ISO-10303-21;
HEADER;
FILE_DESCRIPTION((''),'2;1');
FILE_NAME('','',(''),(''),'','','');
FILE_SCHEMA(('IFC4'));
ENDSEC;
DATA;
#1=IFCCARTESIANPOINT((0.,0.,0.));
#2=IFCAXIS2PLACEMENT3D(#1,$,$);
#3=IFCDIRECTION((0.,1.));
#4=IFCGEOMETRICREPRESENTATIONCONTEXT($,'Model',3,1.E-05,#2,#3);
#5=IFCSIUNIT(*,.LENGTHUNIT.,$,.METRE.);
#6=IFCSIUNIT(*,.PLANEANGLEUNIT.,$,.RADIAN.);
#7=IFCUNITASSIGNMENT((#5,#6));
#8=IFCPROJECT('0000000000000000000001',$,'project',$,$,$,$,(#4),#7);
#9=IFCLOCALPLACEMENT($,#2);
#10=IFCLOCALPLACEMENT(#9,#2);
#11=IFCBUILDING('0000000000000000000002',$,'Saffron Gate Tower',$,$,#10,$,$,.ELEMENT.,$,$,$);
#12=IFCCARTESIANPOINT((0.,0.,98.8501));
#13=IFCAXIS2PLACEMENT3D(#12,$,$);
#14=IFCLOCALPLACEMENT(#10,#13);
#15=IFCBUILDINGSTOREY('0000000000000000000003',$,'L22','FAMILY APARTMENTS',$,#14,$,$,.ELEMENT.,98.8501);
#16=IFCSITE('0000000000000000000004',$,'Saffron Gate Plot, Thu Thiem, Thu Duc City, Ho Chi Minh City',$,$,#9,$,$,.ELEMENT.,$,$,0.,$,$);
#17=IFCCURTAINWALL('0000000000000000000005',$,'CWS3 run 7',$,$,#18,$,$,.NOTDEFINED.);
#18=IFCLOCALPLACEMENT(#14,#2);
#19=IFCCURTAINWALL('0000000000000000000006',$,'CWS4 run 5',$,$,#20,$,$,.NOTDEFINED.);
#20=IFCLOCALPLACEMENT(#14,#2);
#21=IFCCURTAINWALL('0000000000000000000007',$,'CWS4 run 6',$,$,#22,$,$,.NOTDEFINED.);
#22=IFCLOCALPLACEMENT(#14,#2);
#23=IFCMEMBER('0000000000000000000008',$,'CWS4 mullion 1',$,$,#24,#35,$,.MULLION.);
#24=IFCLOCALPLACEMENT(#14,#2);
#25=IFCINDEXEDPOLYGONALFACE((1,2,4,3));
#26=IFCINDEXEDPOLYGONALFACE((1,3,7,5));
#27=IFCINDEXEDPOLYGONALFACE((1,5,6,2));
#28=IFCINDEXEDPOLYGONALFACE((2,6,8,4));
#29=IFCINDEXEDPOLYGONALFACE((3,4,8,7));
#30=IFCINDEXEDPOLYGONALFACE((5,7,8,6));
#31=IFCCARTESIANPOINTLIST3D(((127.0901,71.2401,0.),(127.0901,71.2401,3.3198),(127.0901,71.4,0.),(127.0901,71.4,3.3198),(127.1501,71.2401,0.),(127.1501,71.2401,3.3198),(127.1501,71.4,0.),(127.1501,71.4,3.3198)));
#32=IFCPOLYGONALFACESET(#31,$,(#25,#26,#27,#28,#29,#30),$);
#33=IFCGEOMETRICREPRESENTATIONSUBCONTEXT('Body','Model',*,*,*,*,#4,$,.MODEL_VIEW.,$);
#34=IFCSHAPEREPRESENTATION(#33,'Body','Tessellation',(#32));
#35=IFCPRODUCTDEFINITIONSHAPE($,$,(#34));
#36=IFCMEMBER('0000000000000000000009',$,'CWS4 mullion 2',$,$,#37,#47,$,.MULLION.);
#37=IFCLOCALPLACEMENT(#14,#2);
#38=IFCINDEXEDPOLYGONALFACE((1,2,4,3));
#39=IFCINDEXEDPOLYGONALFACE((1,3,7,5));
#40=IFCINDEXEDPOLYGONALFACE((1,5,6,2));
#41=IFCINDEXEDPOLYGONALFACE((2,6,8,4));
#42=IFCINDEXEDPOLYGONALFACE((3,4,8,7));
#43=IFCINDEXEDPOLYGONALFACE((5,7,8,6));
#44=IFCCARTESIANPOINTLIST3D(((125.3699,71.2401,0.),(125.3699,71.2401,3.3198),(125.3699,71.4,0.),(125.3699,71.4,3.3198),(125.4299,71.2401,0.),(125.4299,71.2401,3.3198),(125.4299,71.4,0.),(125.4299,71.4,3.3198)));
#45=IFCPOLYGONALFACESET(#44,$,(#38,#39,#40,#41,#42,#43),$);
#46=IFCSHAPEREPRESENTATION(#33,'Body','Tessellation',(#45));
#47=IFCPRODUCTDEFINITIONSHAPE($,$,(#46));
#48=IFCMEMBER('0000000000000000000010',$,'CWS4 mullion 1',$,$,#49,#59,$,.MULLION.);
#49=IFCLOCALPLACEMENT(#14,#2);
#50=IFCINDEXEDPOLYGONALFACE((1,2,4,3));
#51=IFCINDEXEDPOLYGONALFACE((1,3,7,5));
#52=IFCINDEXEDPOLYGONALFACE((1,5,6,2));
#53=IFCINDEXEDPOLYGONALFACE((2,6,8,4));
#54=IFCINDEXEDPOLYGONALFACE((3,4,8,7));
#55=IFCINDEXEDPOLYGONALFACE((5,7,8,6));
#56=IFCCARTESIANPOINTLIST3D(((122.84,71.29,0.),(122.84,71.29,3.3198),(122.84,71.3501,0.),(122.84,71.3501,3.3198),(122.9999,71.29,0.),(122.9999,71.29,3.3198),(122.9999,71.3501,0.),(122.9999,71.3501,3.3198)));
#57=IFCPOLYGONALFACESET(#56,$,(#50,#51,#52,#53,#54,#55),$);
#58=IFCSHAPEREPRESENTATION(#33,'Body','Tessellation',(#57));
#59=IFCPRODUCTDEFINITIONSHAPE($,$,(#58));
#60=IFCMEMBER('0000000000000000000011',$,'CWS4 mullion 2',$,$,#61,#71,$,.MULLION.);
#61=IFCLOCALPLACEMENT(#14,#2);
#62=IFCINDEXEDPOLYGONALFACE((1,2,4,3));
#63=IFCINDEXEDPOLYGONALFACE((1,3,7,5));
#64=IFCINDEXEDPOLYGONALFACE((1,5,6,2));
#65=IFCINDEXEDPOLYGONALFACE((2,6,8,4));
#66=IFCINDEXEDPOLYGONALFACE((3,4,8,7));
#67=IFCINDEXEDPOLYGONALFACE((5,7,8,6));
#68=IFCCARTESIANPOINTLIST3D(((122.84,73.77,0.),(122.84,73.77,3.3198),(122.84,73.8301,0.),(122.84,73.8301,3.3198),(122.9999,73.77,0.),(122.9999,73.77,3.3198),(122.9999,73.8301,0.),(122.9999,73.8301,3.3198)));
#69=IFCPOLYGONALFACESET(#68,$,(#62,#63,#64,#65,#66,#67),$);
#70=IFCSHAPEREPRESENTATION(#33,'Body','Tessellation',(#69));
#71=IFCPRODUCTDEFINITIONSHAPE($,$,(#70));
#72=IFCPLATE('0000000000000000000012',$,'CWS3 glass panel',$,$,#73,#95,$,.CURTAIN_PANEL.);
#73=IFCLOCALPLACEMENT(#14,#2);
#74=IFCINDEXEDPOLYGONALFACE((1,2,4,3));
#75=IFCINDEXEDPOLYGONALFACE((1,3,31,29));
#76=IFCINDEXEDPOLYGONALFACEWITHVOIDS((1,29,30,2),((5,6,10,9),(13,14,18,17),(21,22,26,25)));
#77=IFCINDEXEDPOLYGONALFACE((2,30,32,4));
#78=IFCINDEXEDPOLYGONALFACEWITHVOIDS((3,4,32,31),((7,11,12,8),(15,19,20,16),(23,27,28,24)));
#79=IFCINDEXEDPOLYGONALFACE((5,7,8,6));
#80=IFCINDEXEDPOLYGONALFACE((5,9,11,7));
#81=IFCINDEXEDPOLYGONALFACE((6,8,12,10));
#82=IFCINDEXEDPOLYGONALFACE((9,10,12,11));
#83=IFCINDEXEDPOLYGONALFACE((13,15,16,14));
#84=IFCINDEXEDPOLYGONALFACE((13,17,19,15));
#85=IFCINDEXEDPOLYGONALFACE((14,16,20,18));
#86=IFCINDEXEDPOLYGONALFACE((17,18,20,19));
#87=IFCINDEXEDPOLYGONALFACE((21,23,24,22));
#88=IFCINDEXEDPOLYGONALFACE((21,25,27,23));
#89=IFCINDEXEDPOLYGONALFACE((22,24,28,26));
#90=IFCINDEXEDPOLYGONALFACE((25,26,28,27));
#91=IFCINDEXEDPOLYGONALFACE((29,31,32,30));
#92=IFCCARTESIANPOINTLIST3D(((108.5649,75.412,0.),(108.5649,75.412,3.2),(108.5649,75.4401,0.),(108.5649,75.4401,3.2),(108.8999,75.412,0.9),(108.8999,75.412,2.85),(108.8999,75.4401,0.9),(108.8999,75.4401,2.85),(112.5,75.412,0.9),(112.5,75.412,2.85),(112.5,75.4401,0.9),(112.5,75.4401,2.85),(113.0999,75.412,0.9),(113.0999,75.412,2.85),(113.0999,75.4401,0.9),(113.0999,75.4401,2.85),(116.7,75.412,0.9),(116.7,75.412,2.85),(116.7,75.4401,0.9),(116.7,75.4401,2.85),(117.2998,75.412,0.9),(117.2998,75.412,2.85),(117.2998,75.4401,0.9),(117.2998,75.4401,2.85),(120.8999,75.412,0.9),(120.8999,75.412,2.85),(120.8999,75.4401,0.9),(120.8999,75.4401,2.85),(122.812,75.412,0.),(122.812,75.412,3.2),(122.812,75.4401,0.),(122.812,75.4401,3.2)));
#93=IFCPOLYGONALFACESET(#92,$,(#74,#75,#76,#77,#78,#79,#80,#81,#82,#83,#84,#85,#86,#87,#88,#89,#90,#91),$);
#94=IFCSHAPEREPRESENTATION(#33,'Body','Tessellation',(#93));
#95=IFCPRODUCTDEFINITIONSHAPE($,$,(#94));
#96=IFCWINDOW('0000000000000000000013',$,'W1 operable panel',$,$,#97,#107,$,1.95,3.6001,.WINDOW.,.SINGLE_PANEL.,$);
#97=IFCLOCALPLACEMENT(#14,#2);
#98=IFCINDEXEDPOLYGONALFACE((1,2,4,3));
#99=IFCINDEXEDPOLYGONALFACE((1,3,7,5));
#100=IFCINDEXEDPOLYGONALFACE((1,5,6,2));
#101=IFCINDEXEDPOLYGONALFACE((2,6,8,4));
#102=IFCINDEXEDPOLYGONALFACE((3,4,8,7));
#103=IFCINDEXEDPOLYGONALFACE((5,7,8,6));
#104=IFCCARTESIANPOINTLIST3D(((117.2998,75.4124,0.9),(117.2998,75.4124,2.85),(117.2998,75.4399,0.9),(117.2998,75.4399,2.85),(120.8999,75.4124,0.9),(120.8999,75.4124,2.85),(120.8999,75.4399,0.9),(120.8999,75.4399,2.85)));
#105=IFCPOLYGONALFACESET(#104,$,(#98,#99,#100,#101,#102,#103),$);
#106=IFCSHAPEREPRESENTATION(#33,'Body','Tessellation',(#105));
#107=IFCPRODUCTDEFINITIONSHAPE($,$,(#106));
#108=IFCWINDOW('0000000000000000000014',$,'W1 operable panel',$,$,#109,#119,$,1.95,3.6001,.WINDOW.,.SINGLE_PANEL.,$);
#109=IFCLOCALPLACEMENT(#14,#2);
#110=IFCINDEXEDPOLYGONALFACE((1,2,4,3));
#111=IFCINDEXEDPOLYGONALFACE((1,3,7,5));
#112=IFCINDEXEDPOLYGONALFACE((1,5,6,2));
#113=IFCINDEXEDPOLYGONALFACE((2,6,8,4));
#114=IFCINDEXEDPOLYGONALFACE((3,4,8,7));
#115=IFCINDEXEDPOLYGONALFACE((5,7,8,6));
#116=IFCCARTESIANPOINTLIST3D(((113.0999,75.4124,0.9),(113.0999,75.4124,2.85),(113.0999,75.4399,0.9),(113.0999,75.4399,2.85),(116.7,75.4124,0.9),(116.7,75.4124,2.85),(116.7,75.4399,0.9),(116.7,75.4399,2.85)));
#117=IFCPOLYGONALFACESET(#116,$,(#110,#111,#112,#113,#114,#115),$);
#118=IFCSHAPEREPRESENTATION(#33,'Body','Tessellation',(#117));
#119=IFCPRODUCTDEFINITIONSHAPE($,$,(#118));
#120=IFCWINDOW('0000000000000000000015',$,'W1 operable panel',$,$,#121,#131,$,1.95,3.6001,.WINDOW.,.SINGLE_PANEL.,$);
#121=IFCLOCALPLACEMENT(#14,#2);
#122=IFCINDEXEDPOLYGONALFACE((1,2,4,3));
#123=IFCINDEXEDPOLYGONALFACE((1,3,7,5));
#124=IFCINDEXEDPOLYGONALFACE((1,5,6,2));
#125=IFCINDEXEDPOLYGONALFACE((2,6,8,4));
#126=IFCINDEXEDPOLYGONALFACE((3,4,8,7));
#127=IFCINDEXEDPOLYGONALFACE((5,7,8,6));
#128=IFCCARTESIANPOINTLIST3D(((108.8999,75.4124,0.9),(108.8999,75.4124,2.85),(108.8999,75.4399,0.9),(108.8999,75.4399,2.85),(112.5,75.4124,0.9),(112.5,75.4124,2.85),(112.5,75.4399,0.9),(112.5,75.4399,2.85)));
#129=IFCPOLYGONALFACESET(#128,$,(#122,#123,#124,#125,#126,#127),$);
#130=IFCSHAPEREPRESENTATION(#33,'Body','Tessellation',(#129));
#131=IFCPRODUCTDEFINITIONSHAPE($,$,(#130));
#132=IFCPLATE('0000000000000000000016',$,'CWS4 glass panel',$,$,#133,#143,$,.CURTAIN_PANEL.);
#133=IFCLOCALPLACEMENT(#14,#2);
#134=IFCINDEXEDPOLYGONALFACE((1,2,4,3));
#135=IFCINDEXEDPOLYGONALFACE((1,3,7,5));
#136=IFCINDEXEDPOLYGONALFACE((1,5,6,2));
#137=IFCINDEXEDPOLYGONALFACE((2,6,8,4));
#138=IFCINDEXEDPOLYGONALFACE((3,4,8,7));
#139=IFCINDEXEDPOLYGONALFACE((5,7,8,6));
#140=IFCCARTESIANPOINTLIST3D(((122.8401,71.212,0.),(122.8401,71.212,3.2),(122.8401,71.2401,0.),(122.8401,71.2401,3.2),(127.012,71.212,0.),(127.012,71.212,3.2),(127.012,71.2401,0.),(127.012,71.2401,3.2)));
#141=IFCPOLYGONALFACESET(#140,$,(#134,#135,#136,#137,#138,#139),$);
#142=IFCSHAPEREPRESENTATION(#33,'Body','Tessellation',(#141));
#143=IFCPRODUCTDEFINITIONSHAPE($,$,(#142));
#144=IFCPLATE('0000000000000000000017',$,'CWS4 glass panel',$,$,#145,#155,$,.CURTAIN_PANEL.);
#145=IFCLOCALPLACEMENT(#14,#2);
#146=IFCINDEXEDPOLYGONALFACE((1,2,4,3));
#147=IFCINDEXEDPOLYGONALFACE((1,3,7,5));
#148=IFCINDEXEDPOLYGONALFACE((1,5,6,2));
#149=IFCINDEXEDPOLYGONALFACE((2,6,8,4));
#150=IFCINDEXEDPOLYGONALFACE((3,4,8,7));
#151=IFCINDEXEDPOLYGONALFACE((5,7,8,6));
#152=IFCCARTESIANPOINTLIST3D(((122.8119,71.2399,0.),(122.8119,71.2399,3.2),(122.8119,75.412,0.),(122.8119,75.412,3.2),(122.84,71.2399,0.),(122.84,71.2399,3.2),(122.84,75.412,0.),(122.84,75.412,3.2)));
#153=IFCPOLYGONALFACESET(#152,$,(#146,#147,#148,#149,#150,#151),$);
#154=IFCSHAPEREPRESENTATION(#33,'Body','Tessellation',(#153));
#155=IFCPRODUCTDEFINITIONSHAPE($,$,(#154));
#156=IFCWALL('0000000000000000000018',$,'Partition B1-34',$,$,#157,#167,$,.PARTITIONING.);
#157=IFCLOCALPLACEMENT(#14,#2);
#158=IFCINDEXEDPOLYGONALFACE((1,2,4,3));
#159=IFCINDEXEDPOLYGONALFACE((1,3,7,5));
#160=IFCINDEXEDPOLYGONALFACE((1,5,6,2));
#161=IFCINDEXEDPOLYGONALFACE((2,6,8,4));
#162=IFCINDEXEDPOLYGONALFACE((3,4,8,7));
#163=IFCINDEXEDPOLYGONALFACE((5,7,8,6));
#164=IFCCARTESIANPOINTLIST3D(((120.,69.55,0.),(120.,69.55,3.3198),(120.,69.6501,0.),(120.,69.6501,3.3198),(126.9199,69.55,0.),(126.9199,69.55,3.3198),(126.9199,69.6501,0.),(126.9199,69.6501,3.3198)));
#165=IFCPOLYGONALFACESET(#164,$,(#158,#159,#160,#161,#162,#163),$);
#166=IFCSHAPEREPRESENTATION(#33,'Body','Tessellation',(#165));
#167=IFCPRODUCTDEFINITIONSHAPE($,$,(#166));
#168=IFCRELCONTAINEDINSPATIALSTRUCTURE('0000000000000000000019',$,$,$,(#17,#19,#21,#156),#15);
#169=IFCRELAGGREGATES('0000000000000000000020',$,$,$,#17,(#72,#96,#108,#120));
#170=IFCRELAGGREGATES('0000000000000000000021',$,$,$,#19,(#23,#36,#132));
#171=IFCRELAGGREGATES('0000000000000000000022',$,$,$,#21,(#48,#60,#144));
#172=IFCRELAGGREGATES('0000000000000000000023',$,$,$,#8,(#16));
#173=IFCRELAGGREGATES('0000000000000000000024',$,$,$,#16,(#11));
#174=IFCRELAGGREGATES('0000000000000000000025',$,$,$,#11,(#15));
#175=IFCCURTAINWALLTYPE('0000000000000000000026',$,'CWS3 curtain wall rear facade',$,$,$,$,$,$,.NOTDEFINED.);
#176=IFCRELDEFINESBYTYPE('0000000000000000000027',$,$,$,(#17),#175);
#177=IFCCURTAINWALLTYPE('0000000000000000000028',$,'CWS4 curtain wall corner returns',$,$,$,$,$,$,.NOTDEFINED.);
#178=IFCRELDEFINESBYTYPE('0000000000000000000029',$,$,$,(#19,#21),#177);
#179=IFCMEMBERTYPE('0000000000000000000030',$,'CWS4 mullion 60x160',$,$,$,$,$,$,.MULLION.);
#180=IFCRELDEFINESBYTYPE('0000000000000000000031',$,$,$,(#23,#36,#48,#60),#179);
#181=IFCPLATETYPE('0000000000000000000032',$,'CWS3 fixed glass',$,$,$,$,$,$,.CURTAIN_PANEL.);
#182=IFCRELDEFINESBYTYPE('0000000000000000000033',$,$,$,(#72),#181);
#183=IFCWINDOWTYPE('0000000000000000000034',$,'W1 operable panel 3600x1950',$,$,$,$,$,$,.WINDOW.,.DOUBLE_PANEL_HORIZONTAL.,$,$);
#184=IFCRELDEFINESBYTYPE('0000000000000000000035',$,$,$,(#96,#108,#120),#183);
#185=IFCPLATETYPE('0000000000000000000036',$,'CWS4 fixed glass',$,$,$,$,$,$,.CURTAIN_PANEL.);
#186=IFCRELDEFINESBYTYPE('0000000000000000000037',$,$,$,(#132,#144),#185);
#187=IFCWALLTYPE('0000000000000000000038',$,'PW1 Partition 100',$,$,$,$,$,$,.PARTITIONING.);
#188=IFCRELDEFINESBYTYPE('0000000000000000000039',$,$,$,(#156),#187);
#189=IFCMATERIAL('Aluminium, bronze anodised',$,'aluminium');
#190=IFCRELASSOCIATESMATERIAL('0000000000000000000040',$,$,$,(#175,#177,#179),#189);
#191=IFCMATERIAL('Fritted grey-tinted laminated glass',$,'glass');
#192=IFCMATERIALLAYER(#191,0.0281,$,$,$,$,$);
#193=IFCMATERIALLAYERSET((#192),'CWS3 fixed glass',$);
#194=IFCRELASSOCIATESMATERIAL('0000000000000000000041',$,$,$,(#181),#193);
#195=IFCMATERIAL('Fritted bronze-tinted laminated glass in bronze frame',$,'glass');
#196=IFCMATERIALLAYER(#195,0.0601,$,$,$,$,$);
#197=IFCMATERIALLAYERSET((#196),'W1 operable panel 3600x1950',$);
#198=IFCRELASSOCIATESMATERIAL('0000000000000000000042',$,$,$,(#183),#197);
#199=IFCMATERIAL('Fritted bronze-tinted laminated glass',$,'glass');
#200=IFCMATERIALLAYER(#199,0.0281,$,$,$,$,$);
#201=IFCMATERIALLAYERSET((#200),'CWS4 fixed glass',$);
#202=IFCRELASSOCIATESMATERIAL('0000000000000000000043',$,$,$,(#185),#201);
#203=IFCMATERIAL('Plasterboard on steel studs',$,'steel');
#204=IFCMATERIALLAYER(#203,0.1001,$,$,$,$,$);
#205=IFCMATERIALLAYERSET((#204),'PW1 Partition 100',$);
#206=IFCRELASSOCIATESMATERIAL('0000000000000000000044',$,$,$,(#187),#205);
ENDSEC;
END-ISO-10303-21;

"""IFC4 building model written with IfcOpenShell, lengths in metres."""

from ifc_helpers import new_model, si_unit, direction, frame, frame_2d, origin, origin_2d, place, context, subcontext, project, spatial, rectangle, extrude, material, layer, layer_set, material_profile, profile_set, type_object, element, fill, aggregate, save


model = new_model("IFC4")

# Units and contexts
model_context = context("Model", 3, precision=1e-05, world=origin(), true_north=direction((0.0, 1.0)))
body_context = subcontext(model_context, "Body", "Model", "MODEL_VIEW")
ifc_project = project(units=[si_unit("LENGTHUNIT", "METRE"), si_unit("PLANEANGLEUNIT", "RADIAN")], contexts=[model_context])

# Site, building, storey
site_placement = place(None, origin())
site = spatial("IfcSite", under=ifc_project, at=site_placement, Name="Saffron Gate Plot, Thu Thiem, Thu Duc City, Ho Chi Minh City", CompositionType="ELEMENT", RefElevation=0.0)
building_placement = place(site_placement, origin())
building = spatial("IfcBuilding", under=site, at=building_placement, Name="Saffron Gate Tower", CompositionType="ELEMENT")
storey_placement = place(building_placement, frame((0.0, 0.0, 98.8501)))
storey = spatial("IfcBuildingStorey", under=building, at=storey_placement, Name="L22", Description="FAMILY APARTMENTS", CompositionType="ELEMENT", Elevation=98.8501)

# Curtain wall
ifc_material_1 = material(Name="Aluminium, bronze anodised", Category="aluminium")
curtain_wall_type_1 = type_object("IfcCurtainWallType", Name="CWS3 curtain wall rear facade", PredefinedType="NOTDEFINED", material=ifc_material_1)
curtain_wall_1_placement = place(storey_placement, origin())
curtain_wall_1 = element("IfcCurtainWall", 1, at=curtain_wall_1_placement, inside=storey, type_object=curtain_wall_type_1, Name="CWS3 run 7", PredefinedType="NOTDEFINED")

# Curtain walls
curtain_wall_type_2 = type_object("IfcCurtainWallType", Name="CWS4 curtain wall corner returns", PredefinedType="NOTDEFINED", material=ifc_material_1)
curtain_wall_2_placement = place(storey_placement, origin())
curtain_wall_2 = element("IfcCurtainWall", 2, at=curtain_wall_2_placement, inside=storey, type_object=curtain_wall_type_2, Name="CWS4 run 5", PredefinedType="NOTDEFINED")
curtain_wall_3_placement = place(storey_placement, origin())
curtain_wall_3 = element("IfcCurtainWall", 3, at=curtain_wall_3_placement, inside=storey, type_object=curtain_wall_type_2, Name="CWS4 run 6", PredefinedType="NOTDEFINED")

# Members
ifc_material_profile_1 = material_profile(ifc_material_1, rectangle(XDim=0.1599, YDim=0.0601, at=origin_2d()))
ifc_profile_set_1 = profile_set([ifc_material_profile_1], Name="Aluminium, bronze anodised")
member_type_1 = type_object("IfcMemberType", Name="CWS4 mullion 60x160", PredefinedType="MULLION", material=ifc_profile_set_1)
member_1_placement = place(storey_placement, frame((127.1201, 71.3201, 0.0), z_axis=(0.0, 0.0, 1.0), x_axis=(0.0, -1.0, 0.0)))
member_1 = element("IfcMember", 4, at=member_1_placement, type_object=member_type_1, Name="CWS4 mullion 1", PredefinedType="MULLION", context=body_context, shape_type="SweptSolid", body=[
    extrude(rectangle(XDim=0.1599, YDim=0.0601, at=origin_2d()), origin(), (0.0, 0.0, 1.0), 3.3198),
])
member_2_placement = place(storey_placement, frame((125.3999, 71.3201, 0.0), z_axis=(0.0, 0.0, 1.0), x_axis=(0.0, -1.0, 0.0)))
member_2 = element("IfcMember", 5, at=member_2_placement, type_object=member_type_1, Name="CWS4 mullion 2", PredefinedType="MULLION", context=body_context, shape_type="SweptSolid", body=[
    extrude(rectangle(XDim=0.1599, YDim=0.0601, at=origin_2d()), origin(), (0.0, 0.0, 1.0), 3.3198),
])
member_3_placement = place(storey_placement, frame((122.9199, 71.3201, 0.0), z_axis=(0.0, 0.0, 1.0), x_axis=(-1.0, 0.0, 0.0)))
member_3 = element("IfcMember", 6, at=member_3_placement, type_object=member_type_1, Name="CWS4 mullion 1", PredefinedType="MULLION", context=body_context, shape_type="SweptSolid", body=[
    extrude(rectangle(XDim=0.1599, YDim=0.0601, at=origin_2d()), origin(), (0.0, 0.0, 1.0), 3.3198),
])
member_4_placement = place(storey_placement, frame((122.9199, 73.8, 0.0), z_axis=(0.0, 0.0, 1.0), x_axis=(-1.0, 0.0, 0.0)))
member_4 = element("IfcMember", 7, at=member_4_placement, type_object=member_type_1, Name="CWS4 mullion 2", PredefinedType="MULLION", context=body_context, shape_type="SweptSolid", body=[
    extrude(rectangle(XDim=0.1599, YDim=0.0601, at=origin_2d()), origin(), (0.0, 0.0, 1.0), 3.3198),
])

# Plate, openings, windows
ifc_material_2 = material(Name="Fritted grey-tinted laminated glass", Category="glass")
ifc_layer_1 = layer(ifc_material_2, 0.0281)
ifc_layer_set_1 = layer_set([ifc_layer_1], Name="CWS3 fixed glass")
plate_type_1 = type_object("IfcPlateType", Name="CWS3 fixed glass", PredefinedType="CURTAIN_PANEL", material=ifc_layer_set_1)
plate_1_placement = place(storey_placement, frame((122.812, 75.426, 0.0), z_axis=(0.0, 0.0, 1.0), x_axis=(-1.0, 0.0, 0.0)))
plate_1 = element("IfcPlate", 8, at=plate_1_placement, type_object=plate_type_1, Name="CWS3 glass panel", PredefinedType="CURTAIN_PANEL", context=body_context, shape_type="SweptSolid", body=[
    extrude(rectangle(XDim=14.2471, YDim=0.0281, at=frame_2d((7.1235, 0.0))), origin(), (0.0, 0.0, 1.0), 3.2),
])
opening_1_placement = place(plate_1_placement, frame((1.9121, 0.0, 0.8999)))
opening_1 = element("IfcOpeningElement", 9, at=opening_1_placement, cuts=plate_1, PredefinedType="OPENING", context=body_context, shape_type="SweptSolid", body=[
    extrude(rectangle(XDim=3.6001, YDim=1.95, at=frame_2d((1.8, 0.9751))), frame((0.0, 0.0239, 0.0), z_axis=(0.0, -1.0, 0.0), x_axis=(1.0, 0.0, 0.0)), (0.0, 0.0, 1.0), 0.0481),
])
opening_2_placement = place(plate_1_placement, frame((6.1121, 0.0, 0.8999)))
opening_2 = element("IfcOpeningElement", 10, at=opening_2_placement, cuts=plate_1, PredefinedType="OPENING", context=body_context, shape_type="SweptSolid", body=[
    extrude(rectangle(XDim=3.6001, YDim=1.95, at=frame_2d((1.8, 0.9751))), frame((0.0, 0.0239, 0.0), z_axis=(0.0, -1.0, 0.0), x_axis=(1.0, 0.0, 0.0)), (0.0, 0.0, 1.0), 0.0481),
])
opening_3_placement = place(plate_1_placement, frame((10.312, 0.0, 0.8999)))
opening_3 = element("IfcOpeningElement", 11, at=opening_3_placement, cuts=plate_1, PredefinedType="OPENING", context=body_context, shape_type="SweptSolid", body=[
    extrude(rectangle(XDim=3.6001, YDim=1.95, at=frame_2d((1.8, 0.9751))), frame((0.0, 0.0239, 0.0), z_axis=(0.0, -1.0, 0.0), x_axis=(1.0, 0.0, 0.0)), (0.0, 0.0, 1.0), 0.0481),
])
ifc_material_3 = material(Name="Fritted bronze-tinted laminated glass in bronze frame", Category="glass")
ifc_layer_2 = layer(ifc_material_3, 0.0601)
ifc_layer_set_2 = layer_set([ifc_layer_2], Name="W1 operable panel 3600x1950")
window_type = type_object("IfcWindowType", Name="W1 operable panel 3600x1950", PartitioningType="DOUBLE_PANEL_HORIZONTAL", PredefinedType="WINDOW", material=ifc_layer_set_2)
window_1_placement = place(opening_1_placement, origin())
window_1 = element("IfcWindow", 12, at=window_1_placement, type_object=window_type, Name="W1 operable panel", OverallHeight=1.95, OverallWidth=3.6001, PartitioningType="SINGLE_PANEL", PredefinedType="WINDOW", context=body_context, shape_type="SweptSolid", body=[
    extrude(rectangle(XDim=3.6001, YDim=1.95, at=frame_2d((1.8, 0.9751))), frame((0.0, 0.0137, 0.0), z_axis=(0.0, -1.0, 0.0), x_axis=(1.0, 0.0, 0.0)), (0.0, 0.0, 1.0), 0.0276),
])
fill(opening_1, window_1)
window_2_placement = place(opening_2_placement, origin())
window_2 = element("IfcWindow", 13, at=window_2_placement, type_object=window_type, Name="W1 operable panel", OverallHeight=1.95, OverallWidth=3.6001, PartitioningType="SINGLE_PANEL", PredefinedType="WINDOW", context=body_context, shape_type="SweptSolid", body=[
    extrude(rectangle(XDim=3.6001, YDim=1.95, at=frame_2d((1.8, 0.9751))), frame((0.0, 0.0137, 0.0), z_axis=(0.0, -1.0, 0.0), x_axis=(1.0, 0.0, 0.0)), (0.0, 0.0, 1.0), 0.0276),
])
fill(opening_2, window_2)
window_3_placement = place(opening_3_placement, origin())
window_3 = element("IfcWindow", 14, at=window_3_placement, type_object=window_type, Name="W1 operable panel", OverallHeight=1.95, OverallWidth=3.6001, PartitioningType="SINGLE_PANEL", PredefinedType="WINDOW", context=body_context, shape_type="SweptSolid", body=[
    extrude(rectangle(XDim=3.6001, YDim=1.95, at=frame_2d((1.8, 0.9751))), frame((0.0, 0.0137, 0.0), z_axis=(0.0, -1.0, 0.0), x_axis=(1.0, 0.0, 0.0)), (0.0, 0.0, 1.0), 0.0276),
])
fill(opening_3, window_3)
aggregate(curtain_wall_1, [plate_1, window_1, window_2, window_3])

# Plates
ifc_material_4 = material(Name="Fritted bronze-tinted laminated glass", Category="glass")
ifc_layer_3 = layer(ifc_material_4, 0.0281)
ifc_layer_set_3 = layer_set([ifc_layer_3], Name="CWS4 fixed glass")
plate_type_2 = type_object("IfcPlateType", Name="CWS4 fixed glass", PredefinedType="CURTAIN_PANEL", material=ifc_layer_set_3)
plate_2_placement = place(storey_placement, frame((127.012, 71.2261, 0.0), z_axis=(0.0, 0.0, 1.0), x_axis=(-1.0, 0.0, 0.0)))
plate_2 = element("IfcPlate", 15, at=plate_2_placement, type_object=plate_type_2, Name="CWS4 glass panel", PredefinedType="CURTAIN_PANEL", context=body_context, shape_type="SweptSolid", body=[
    extrude(rectangle(XDim=4.1719, YDim=0.0281, at=frame_2d((2.0859, 0.0))), origin(), (0.0, 0.0, 1.0), 3.2),
])
aggregate(curtain_wall_2, [member_1, member_2, plate_2])
plate_3_placement = place(storey_placement, frame((122.8259, 71.24, 0.0), z_axis=(0.0, 0.0, 1.0), x_axis=(0.0, 1.0, 0.0)))
plate_3 = element("IfcPlate", 16, at=plate_3_placement, type_object=plate_type_2, Name="CWS4 glass panel", PredefinedType="CURTAIN_PANEL", context=body_context, shape_type="SweptSolid", body=[
    extrude(rectangle(XDim=4.1721, YDim=0.0281, at=frame_2d((2.0859, 0.0))), origin(), (0.0, 0.0, 1.0), 3.2),
])
aggregate(curtain_wall_3, [member_3, member_4, plate_3])

# Wall
ifc_material_5 = material(Name="Plasterboard on steel studs", Category="steel")
ifc_layer_4 = layer(ifc_material_5, 0.1001)
ifc_layer_set_4 = layer_set([ifc_layer_4], Name="PW1 Partition 100")
wall_type_1 = type_object("IfcWallType", Name="PW1 Partition 100", PredefinedType="PARTITIONING", material=ifc_layer_set_4)
wall_1_placement = place(storey_placement, frame((120.0, 69.6001, 0.0), z_axis=(0.0, 0.0, 1.0), x_axis=(1.0, 0.0, 0.0)))
element("IfcWall", 17, at=wall_1_placement, inside=storey, type_object=wall_type_1, Name="Partition B1-34", PredefinedType="PARTITIONING", context=body_context, shape_type="SweptSolid", body=[
    extrude(rectangle(XDim=6.9199, YDim=0.1001, at=frame_2d((3.46, 0.0))), origin(), (0.0, 0.0, 1.0), 3.3198),
])

save(model, "model.ifc")
